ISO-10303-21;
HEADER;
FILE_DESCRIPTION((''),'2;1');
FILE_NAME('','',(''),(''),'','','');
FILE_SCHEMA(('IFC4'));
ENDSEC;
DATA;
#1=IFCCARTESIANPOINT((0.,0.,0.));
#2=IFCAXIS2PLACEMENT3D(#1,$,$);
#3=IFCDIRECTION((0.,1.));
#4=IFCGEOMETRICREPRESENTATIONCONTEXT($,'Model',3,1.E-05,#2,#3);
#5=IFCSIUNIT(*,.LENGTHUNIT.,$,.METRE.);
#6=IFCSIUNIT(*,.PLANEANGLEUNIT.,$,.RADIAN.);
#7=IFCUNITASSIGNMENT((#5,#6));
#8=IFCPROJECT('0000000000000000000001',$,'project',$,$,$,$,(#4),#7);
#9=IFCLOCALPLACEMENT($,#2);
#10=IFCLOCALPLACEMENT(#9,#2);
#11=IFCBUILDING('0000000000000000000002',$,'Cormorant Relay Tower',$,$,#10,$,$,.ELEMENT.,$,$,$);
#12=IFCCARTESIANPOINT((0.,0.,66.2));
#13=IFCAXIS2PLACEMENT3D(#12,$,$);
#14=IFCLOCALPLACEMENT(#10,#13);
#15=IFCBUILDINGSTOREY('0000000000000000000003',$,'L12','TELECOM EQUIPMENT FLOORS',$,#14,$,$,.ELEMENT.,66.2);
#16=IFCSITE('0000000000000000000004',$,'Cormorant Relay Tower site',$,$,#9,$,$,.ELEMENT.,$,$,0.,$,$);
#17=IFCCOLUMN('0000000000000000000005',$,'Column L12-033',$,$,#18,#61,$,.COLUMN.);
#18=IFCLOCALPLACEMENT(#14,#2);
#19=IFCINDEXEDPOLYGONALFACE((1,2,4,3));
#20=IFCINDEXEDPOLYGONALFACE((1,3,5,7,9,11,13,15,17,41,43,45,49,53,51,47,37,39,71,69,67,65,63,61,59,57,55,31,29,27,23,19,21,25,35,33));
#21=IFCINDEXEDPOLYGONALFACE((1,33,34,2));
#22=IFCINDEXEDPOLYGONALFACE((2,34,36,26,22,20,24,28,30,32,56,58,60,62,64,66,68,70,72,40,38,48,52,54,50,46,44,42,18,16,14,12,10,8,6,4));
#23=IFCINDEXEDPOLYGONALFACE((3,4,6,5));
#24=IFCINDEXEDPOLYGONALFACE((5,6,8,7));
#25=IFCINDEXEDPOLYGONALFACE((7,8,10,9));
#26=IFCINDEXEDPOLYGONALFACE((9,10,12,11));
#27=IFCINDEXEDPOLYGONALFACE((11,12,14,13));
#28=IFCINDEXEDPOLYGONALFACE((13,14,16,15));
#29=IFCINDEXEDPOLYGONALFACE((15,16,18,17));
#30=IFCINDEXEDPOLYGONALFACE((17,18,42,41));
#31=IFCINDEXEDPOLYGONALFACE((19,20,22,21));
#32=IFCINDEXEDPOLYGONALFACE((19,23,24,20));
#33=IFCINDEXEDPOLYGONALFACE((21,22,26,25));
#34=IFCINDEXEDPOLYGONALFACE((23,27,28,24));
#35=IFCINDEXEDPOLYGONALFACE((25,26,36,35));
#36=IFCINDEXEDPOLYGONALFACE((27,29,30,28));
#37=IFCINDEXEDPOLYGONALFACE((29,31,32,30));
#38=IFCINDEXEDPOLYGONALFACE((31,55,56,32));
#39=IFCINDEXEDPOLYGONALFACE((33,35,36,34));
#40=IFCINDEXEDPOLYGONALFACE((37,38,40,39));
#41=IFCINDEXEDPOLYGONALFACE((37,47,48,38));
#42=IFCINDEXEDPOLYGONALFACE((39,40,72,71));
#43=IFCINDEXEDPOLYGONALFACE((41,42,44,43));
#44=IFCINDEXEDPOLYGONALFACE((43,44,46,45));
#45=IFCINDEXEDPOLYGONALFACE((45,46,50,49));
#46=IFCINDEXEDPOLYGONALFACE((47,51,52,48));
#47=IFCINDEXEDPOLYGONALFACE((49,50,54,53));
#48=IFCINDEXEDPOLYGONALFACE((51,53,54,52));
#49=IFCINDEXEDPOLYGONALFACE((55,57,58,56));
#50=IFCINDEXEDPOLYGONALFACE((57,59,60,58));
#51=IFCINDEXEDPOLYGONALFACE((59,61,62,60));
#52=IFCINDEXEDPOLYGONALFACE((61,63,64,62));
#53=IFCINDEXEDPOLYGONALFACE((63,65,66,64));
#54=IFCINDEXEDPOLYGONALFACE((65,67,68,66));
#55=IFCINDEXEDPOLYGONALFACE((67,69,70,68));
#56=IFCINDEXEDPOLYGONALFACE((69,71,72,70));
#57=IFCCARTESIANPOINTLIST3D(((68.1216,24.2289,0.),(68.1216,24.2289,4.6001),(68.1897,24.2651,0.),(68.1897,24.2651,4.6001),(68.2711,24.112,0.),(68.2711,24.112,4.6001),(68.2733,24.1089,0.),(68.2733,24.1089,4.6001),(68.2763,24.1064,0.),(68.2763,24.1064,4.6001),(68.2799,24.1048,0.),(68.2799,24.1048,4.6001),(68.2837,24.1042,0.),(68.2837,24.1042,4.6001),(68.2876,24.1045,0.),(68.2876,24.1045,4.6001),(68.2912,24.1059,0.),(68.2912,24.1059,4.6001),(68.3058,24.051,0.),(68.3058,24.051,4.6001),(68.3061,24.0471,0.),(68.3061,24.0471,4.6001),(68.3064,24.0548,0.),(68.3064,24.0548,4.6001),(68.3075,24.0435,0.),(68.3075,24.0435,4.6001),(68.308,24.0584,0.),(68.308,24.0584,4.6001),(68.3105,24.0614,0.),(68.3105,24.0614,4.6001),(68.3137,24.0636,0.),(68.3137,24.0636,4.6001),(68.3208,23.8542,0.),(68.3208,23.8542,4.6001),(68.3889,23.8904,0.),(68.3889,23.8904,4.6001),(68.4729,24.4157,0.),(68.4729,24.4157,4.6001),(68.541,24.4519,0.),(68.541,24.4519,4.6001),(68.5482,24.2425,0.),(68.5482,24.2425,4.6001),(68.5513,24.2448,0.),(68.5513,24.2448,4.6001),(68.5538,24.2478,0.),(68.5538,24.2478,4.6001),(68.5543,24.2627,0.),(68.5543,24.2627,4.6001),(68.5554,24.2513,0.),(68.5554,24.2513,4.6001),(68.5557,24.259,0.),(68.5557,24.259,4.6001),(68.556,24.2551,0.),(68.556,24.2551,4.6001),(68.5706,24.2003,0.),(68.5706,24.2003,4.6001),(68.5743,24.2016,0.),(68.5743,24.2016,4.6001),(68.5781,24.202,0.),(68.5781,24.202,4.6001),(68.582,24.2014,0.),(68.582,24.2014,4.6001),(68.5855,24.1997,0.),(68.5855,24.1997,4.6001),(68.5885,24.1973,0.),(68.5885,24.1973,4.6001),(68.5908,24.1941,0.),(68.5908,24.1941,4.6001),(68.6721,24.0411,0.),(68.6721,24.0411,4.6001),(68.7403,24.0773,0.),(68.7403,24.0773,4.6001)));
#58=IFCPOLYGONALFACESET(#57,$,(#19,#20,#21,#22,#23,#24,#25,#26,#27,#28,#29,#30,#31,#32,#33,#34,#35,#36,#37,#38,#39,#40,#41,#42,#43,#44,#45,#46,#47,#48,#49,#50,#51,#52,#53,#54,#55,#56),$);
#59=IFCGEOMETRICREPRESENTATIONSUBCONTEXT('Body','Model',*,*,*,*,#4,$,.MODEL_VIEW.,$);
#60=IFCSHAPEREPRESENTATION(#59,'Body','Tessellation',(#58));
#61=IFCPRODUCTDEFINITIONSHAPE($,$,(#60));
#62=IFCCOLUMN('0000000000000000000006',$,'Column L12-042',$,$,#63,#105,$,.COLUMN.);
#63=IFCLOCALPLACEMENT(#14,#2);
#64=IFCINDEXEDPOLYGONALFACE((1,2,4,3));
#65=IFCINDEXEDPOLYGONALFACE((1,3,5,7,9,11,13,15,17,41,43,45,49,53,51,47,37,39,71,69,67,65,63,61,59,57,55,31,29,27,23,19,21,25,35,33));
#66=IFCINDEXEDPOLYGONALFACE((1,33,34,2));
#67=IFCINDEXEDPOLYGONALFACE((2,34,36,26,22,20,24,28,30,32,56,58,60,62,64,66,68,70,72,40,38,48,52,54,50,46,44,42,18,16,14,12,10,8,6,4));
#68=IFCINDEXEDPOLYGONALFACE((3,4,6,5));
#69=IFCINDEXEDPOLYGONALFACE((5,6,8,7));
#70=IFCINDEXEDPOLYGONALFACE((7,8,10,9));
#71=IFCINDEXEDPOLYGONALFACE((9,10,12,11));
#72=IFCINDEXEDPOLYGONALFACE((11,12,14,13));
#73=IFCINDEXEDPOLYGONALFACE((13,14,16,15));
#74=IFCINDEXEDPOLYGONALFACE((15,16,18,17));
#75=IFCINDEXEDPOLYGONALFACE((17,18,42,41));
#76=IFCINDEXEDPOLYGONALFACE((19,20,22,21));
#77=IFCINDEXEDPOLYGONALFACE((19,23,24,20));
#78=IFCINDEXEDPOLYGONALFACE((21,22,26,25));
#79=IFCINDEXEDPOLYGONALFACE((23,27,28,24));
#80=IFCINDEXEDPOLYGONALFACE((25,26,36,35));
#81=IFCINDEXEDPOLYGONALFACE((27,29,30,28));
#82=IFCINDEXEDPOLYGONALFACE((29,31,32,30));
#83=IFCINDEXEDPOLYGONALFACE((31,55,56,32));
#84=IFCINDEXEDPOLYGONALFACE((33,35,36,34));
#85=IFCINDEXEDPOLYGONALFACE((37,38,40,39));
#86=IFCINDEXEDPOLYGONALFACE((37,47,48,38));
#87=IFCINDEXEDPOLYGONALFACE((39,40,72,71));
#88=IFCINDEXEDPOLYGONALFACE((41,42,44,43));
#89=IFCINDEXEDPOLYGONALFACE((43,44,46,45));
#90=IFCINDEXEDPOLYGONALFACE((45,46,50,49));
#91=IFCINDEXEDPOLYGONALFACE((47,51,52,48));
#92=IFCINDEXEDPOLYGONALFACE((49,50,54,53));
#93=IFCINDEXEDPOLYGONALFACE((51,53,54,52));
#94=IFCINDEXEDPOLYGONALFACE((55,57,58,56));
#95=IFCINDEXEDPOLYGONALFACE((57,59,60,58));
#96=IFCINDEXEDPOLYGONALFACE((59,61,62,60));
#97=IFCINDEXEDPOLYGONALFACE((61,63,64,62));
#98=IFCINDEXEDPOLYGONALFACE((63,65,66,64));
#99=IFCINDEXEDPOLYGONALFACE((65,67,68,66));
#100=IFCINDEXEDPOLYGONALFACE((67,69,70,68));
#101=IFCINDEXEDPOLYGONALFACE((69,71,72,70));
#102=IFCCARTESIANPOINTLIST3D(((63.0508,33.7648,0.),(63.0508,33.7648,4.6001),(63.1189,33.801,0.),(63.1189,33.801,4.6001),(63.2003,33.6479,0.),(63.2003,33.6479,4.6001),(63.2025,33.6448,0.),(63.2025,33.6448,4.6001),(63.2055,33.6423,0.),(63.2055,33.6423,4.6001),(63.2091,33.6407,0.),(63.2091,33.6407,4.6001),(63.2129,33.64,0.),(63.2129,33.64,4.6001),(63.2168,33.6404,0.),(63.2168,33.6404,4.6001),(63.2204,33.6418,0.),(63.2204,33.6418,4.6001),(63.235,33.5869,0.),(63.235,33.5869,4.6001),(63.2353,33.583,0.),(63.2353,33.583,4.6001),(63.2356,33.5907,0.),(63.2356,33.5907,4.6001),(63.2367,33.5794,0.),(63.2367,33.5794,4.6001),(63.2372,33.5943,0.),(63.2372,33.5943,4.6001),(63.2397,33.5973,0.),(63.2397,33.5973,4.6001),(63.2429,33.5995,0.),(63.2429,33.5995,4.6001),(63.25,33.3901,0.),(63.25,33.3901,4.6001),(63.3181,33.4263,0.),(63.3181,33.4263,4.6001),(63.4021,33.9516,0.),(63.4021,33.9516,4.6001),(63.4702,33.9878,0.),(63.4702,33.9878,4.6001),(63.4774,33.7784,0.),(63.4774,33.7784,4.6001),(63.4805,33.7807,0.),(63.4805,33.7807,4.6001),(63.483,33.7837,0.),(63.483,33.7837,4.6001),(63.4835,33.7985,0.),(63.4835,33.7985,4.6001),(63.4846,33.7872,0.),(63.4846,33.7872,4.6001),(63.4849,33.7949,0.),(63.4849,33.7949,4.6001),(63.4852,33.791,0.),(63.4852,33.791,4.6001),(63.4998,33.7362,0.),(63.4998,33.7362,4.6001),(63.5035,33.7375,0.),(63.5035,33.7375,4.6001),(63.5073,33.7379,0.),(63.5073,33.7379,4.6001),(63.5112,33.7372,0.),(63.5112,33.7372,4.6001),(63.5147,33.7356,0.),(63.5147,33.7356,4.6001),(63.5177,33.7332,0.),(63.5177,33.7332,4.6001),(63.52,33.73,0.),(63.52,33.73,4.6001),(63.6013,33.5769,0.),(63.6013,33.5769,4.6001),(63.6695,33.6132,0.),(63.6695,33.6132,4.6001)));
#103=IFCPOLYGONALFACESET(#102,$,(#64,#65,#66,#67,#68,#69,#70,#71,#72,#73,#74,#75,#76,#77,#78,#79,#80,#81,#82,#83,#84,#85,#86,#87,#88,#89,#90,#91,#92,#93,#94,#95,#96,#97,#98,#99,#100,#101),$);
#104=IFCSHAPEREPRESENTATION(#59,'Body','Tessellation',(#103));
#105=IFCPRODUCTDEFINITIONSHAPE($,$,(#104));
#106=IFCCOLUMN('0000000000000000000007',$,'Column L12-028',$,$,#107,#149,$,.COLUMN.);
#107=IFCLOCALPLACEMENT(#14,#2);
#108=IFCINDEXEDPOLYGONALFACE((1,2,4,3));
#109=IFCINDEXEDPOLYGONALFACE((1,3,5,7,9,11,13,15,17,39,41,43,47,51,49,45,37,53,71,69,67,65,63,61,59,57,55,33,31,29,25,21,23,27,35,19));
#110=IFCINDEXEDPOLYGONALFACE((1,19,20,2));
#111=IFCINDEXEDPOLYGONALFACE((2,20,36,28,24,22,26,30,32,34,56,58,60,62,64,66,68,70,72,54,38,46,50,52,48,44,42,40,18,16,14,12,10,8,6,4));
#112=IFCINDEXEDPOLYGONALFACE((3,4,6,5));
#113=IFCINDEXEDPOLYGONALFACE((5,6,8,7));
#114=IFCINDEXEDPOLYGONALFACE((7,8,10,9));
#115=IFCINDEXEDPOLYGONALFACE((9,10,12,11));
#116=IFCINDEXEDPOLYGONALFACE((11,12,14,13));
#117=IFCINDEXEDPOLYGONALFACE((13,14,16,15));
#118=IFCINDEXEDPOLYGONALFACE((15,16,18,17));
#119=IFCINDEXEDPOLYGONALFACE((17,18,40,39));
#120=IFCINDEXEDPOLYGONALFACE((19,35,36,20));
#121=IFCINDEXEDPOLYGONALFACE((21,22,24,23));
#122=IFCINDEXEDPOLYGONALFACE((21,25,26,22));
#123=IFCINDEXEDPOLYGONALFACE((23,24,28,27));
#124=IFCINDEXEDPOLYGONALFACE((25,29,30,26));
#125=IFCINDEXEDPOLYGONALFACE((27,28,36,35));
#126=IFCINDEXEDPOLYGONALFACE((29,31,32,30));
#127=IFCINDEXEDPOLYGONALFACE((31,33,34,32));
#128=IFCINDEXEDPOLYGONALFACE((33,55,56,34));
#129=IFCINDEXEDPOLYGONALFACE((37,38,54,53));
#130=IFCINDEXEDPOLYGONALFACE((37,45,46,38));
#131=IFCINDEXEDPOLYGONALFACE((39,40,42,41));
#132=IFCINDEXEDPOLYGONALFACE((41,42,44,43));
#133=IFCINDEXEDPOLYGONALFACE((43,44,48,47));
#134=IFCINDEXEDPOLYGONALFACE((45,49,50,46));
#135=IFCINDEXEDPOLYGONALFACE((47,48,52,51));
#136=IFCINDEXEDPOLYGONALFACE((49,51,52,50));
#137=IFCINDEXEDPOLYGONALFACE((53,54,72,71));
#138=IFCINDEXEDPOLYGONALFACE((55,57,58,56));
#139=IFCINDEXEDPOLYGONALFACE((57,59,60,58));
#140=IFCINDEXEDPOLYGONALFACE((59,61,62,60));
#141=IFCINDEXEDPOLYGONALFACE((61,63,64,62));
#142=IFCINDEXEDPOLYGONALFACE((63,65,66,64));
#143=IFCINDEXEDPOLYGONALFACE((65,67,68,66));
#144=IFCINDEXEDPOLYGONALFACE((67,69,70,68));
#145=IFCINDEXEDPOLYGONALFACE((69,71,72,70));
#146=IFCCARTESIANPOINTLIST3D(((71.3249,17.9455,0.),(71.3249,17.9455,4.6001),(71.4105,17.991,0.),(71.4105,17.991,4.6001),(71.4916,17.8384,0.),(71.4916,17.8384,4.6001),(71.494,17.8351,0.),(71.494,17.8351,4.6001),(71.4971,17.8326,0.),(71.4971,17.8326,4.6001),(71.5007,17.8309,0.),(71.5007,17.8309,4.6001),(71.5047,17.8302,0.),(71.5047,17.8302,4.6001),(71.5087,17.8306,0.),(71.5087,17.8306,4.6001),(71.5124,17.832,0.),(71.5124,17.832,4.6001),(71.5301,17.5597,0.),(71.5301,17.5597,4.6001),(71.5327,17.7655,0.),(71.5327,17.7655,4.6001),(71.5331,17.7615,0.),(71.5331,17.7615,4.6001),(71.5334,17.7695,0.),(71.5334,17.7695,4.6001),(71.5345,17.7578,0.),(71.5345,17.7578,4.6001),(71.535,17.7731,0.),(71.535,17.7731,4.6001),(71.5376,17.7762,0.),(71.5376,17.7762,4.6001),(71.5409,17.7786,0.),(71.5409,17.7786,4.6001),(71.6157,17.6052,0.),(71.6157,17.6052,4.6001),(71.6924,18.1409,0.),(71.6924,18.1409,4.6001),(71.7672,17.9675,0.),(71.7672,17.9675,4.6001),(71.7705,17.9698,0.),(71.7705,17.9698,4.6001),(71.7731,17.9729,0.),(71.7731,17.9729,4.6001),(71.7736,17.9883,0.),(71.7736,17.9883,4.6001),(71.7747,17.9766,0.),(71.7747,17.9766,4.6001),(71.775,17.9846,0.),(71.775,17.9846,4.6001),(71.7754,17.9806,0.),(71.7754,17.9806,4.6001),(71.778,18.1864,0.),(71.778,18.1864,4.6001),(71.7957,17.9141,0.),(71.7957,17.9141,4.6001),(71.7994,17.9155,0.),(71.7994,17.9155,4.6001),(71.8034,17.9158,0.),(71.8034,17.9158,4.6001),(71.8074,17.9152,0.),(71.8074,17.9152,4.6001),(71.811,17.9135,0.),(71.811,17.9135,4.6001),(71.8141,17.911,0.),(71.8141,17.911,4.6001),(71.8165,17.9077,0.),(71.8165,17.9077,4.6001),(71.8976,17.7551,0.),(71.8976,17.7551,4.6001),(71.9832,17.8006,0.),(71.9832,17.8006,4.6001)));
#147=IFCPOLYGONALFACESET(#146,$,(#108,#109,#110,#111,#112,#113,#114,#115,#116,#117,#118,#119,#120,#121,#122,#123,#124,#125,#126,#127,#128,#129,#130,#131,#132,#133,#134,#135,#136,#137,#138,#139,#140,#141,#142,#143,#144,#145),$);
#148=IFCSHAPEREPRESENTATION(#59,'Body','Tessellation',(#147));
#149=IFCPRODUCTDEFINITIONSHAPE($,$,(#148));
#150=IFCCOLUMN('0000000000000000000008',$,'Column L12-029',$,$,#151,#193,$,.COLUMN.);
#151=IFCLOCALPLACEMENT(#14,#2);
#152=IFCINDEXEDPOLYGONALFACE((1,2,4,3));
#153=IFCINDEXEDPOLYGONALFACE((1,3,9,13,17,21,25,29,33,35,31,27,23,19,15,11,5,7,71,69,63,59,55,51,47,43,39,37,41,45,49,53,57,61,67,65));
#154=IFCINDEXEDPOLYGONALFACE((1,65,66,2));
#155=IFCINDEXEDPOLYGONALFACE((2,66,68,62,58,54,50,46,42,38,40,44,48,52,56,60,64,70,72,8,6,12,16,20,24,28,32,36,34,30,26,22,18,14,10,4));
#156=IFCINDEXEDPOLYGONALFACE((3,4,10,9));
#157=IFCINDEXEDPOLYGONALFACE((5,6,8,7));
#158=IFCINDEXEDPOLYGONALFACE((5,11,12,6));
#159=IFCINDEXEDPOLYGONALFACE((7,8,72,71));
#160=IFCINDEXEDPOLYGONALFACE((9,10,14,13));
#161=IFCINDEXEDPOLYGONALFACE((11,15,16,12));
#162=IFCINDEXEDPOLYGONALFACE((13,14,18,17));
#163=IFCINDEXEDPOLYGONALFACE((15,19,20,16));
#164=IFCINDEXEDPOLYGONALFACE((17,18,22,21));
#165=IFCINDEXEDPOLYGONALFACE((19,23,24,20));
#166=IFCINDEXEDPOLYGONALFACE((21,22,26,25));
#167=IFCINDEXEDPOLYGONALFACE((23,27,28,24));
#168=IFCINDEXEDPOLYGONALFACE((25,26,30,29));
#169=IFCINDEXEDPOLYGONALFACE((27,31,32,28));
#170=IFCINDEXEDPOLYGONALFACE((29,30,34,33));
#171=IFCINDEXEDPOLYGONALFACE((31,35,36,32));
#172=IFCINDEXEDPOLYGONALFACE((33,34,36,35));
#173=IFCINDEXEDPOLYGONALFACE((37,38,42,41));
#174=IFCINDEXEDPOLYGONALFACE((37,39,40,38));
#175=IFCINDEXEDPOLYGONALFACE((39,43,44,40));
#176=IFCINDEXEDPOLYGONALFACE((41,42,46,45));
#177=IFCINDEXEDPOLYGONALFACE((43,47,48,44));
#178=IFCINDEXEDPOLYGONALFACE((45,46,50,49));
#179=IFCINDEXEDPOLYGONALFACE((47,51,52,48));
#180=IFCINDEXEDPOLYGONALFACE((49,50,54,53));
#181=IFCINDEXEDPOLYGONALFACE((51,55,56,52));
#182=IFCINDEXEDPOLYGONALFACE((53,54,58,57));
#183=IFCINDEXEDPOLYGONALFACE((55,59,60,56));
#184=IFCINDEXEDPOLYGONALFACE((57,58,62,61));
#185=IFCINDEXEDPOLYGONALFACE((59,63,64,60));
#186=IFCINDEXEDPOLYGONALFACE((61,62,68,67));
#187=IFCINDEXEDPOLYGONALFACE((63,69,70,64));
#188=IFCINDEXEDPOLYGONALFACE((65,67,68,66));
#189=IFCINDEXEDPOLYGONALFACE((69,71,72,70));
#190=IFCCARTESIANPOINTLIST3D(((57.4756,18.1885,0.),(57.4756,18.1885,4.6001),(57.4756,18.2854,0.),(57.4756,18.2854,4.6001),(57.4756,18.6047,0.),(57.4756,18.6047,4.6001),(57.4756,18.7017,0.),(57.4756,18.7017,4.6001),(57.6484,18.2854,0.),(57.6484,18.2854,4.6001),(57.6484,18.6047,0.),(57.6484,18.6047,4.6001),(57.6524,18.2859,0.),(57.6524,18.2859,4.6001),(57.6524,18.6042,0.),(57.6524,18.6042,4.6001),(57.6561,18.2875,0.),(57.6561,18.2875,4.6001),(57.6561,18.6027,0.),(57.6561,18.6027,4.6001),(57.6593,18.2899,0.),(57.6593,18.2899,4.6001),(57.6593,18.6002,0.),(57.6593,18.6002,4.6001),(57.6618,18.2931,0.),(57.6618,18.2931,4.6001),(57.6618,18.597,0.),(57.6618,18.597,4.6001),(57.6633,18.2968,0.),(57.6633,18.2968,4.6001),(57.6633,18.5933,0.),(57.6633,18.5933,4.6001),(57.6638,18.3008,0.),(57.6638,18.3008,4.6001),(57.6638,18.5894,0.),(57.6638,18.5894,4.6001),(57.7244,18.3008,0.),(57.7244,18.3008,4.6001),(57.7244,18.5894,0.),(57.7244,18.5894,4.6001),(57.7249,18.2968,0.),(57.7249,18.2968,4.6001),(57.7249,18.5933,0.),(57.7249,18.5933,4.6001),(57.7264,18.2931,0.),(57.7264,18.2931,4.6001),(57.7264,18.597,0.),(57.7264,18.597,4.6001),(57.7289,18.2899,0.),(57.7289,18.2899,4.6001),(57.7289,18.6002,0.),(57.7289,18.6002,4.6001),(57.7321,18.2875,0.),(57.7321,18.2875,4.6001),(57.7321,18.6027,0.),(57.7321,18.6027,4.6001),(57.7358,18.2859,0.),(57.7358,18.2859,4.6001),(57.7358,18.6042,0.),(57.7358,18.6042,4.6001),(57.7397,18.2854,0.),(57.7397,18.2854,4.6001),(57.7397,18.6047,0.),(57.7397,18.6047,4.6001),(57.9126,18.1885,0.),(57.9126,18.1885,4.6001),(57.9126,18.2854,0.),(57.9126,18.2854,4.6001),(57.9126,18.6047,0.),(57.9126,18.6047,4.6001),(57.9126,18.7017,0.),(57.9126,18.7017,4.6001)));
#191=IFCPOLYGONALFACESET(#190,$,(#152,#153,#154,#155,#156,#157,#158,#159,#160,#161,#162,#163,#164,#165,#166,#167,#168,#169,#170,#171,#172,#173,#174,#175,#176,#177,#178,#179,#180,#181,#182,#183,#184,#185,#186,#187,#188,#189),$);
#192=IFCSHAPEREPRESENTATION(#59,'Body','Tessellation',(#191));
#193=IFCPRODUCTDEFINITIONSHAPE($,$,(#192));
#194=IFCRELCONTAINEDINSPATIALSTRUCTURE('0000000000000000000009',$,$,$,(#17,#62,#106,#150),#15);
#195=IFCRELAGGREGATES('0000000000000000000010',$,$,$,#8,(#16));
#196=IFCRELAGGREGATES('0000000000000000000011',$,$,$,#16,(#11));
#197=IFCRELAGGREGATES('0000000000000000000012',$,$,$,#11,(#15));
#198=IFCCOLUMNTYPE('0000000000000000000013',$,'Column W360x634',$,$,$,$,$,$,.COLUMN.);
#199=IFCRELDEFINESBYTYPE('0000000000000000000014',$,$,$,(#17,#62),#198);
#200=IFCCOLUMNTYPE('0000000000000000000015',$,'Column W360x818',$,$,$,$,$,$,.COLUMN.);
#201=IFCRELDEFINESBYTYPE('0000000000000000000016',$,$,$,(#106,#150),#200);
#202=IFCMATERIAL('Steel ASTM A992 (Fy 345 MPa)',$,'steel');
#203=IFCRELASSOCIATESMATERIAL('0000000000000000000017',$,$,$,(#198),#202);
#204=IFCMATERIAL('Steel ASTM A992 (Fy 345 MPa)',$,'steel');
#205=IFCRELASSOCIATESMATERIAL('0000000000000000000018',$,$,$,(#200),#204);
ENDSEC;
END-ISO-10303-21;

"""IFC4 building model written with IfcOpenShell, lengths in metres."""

from ifc_helpers import new_model, si_unit, direction, frame, origin, origin_2d, place, context, subcontext, project, spatial, i_section, extrude, material, material_profile, profile_set, type_object, element, save


model = new_model("IFC4")

# Units and contexts
model_context = context("Model", 3, precision=1e-05, world=origin(), true_north=direction((0.0, 1.0)))
body_context = subcontext(model_context, "Body", "Model", "MODEL_VIEW")
ifc_project = project(units=[si_unit("LENGTHUNIT", "METRE"), si_unit("PLANEANGLEUNIT", "RADIAN")], contexts=[model_context])

# Site, building, storey
site_placement = place(None, origin())
site = spatial("IfcSite", under=ifc_project, at=site_placement, Name="Cormorant Relay Tower site", CompositionType="ELEMENT", RefElevation=0.0)
building_placement = place(site_placement, origin())
building = spatial("IfcBuilding", under=site, at=building_placement, Name="Cormorant Relay Tower", CompositionType="ELEMENT")
storey_placement = place(building_placement, frame((0.0, 0.0, 66.2)))
storey = spatial("IfcBuildingStorey", under=building, at=storey_placement, Name="L12", Description="TELECOM EQUIPMENT FLOORS", CompositionType="ELEMENT", Elevation=66.2)

# Columns
ifc_material_1 = material(Name="Steel ASTM A992 (Fy 345 MPa)", Category="steel")
ifc_material_profile_1 = material_profile(ifc_material_1, i_section(OverallWidth=0.4243, OverallDepth=0.4751, WebThickness=0.0479, FlangeThickness=0.0771, FilletRadius=0.0149, at=origin_2d()), Name="W360x634")
ifc_profile_set_1 = profile_set([ifc_material_profile_1], Name="Steel ASTM A992 (Fy 345 MPa)")
column_type_1 = type_object("IfcColumnType", Name="Column W360x634", PredefinedType="COLUMN", material=ifc_profile_set_1)
for number, where, z_axis, x_axis, name in (
    (1, (68.4309, 24.1531, 0.0), (0.0, 0.0, 1.0), (-0.469472, 0.882948, 0.0), "Column L12-033"),
    (2, (63.3601, 33.689, 0.0), (0.0, 0.0, 1.0), (-0.469472, 0.882948, 0.0), "Column L12-042"),
):
    element("IfcColumn", number, at=place(storey_placement, frame(where, z_axis=z_axis, x_axis=x_axis)), inside=storey, type_object=column_type_1, Name=name, PredefinedType="COLUMN", context=body_context, shape_type="SweptSolid", body=[
        extrude(i_section(OverallWidth=0.4243, OverallDepth=0.4751, WebThickness=0.0479, FlangeThickness=0.0771, FilletRadius=0.0149, at=origin_2d()), origin(), (0.0, 0.0, 1.0), 4.6001),
    ])
ifc_material_2 = material(Name="Steel ASTM A992 (Fy 345 MPa)", Category="steel")
ifc_material_profile_2 = material_profile(ifc_material_2, i_section(OverallWidth=0.437, OverallDepth=0.5132, WebThickness=0.0605, FlangeThickness=0.0969, FilletRadius=0.0154, at=origin_2d()), Name="W360x818")
ifc_profile_set_2 = profile_set([ifc_material_profile_2], Name="Steel ASTM A992 (Fy 345 MPa)")
column_type_2 = type_object("IfcColumnType", Name="Column W360x818", PredefinedType="COLUMN", material=ifc_profile_set_2)
for number, where, z_axis, x_axis, name in (
    (3, (71.6541, 17.873, 0.0), (0.0, 0.0, 1.0), (-0.469472, 0.882948, 0.0), "Column L12-028"),
    (4, (57.6941, 18.4451, 0.0), (0.0, 0.0, 1.0), (1.0, 0.0, 0.0), "Column L12-029"),
):
    element("IfcColumn", number, at=place(storey_placement, frame(where, z_axis=z_axis, x_axis=x_axis)), inside=storey, type_object=column_type_2, Name=name, PredefinedType="COLUMN", context=body_context, shape_type="SweptSolid", body=[
        extrude(i_section(OverallWidth=0.437, OverallDepth=0.5132, WebThickness=0.0605, FlangeThickness=0.0969, FilletRadius=0.0154, at=origin_2d()), origin(), (0.0, 0.0, 1.0), 4.6001),
    ])

save(model, "model.ifc")
